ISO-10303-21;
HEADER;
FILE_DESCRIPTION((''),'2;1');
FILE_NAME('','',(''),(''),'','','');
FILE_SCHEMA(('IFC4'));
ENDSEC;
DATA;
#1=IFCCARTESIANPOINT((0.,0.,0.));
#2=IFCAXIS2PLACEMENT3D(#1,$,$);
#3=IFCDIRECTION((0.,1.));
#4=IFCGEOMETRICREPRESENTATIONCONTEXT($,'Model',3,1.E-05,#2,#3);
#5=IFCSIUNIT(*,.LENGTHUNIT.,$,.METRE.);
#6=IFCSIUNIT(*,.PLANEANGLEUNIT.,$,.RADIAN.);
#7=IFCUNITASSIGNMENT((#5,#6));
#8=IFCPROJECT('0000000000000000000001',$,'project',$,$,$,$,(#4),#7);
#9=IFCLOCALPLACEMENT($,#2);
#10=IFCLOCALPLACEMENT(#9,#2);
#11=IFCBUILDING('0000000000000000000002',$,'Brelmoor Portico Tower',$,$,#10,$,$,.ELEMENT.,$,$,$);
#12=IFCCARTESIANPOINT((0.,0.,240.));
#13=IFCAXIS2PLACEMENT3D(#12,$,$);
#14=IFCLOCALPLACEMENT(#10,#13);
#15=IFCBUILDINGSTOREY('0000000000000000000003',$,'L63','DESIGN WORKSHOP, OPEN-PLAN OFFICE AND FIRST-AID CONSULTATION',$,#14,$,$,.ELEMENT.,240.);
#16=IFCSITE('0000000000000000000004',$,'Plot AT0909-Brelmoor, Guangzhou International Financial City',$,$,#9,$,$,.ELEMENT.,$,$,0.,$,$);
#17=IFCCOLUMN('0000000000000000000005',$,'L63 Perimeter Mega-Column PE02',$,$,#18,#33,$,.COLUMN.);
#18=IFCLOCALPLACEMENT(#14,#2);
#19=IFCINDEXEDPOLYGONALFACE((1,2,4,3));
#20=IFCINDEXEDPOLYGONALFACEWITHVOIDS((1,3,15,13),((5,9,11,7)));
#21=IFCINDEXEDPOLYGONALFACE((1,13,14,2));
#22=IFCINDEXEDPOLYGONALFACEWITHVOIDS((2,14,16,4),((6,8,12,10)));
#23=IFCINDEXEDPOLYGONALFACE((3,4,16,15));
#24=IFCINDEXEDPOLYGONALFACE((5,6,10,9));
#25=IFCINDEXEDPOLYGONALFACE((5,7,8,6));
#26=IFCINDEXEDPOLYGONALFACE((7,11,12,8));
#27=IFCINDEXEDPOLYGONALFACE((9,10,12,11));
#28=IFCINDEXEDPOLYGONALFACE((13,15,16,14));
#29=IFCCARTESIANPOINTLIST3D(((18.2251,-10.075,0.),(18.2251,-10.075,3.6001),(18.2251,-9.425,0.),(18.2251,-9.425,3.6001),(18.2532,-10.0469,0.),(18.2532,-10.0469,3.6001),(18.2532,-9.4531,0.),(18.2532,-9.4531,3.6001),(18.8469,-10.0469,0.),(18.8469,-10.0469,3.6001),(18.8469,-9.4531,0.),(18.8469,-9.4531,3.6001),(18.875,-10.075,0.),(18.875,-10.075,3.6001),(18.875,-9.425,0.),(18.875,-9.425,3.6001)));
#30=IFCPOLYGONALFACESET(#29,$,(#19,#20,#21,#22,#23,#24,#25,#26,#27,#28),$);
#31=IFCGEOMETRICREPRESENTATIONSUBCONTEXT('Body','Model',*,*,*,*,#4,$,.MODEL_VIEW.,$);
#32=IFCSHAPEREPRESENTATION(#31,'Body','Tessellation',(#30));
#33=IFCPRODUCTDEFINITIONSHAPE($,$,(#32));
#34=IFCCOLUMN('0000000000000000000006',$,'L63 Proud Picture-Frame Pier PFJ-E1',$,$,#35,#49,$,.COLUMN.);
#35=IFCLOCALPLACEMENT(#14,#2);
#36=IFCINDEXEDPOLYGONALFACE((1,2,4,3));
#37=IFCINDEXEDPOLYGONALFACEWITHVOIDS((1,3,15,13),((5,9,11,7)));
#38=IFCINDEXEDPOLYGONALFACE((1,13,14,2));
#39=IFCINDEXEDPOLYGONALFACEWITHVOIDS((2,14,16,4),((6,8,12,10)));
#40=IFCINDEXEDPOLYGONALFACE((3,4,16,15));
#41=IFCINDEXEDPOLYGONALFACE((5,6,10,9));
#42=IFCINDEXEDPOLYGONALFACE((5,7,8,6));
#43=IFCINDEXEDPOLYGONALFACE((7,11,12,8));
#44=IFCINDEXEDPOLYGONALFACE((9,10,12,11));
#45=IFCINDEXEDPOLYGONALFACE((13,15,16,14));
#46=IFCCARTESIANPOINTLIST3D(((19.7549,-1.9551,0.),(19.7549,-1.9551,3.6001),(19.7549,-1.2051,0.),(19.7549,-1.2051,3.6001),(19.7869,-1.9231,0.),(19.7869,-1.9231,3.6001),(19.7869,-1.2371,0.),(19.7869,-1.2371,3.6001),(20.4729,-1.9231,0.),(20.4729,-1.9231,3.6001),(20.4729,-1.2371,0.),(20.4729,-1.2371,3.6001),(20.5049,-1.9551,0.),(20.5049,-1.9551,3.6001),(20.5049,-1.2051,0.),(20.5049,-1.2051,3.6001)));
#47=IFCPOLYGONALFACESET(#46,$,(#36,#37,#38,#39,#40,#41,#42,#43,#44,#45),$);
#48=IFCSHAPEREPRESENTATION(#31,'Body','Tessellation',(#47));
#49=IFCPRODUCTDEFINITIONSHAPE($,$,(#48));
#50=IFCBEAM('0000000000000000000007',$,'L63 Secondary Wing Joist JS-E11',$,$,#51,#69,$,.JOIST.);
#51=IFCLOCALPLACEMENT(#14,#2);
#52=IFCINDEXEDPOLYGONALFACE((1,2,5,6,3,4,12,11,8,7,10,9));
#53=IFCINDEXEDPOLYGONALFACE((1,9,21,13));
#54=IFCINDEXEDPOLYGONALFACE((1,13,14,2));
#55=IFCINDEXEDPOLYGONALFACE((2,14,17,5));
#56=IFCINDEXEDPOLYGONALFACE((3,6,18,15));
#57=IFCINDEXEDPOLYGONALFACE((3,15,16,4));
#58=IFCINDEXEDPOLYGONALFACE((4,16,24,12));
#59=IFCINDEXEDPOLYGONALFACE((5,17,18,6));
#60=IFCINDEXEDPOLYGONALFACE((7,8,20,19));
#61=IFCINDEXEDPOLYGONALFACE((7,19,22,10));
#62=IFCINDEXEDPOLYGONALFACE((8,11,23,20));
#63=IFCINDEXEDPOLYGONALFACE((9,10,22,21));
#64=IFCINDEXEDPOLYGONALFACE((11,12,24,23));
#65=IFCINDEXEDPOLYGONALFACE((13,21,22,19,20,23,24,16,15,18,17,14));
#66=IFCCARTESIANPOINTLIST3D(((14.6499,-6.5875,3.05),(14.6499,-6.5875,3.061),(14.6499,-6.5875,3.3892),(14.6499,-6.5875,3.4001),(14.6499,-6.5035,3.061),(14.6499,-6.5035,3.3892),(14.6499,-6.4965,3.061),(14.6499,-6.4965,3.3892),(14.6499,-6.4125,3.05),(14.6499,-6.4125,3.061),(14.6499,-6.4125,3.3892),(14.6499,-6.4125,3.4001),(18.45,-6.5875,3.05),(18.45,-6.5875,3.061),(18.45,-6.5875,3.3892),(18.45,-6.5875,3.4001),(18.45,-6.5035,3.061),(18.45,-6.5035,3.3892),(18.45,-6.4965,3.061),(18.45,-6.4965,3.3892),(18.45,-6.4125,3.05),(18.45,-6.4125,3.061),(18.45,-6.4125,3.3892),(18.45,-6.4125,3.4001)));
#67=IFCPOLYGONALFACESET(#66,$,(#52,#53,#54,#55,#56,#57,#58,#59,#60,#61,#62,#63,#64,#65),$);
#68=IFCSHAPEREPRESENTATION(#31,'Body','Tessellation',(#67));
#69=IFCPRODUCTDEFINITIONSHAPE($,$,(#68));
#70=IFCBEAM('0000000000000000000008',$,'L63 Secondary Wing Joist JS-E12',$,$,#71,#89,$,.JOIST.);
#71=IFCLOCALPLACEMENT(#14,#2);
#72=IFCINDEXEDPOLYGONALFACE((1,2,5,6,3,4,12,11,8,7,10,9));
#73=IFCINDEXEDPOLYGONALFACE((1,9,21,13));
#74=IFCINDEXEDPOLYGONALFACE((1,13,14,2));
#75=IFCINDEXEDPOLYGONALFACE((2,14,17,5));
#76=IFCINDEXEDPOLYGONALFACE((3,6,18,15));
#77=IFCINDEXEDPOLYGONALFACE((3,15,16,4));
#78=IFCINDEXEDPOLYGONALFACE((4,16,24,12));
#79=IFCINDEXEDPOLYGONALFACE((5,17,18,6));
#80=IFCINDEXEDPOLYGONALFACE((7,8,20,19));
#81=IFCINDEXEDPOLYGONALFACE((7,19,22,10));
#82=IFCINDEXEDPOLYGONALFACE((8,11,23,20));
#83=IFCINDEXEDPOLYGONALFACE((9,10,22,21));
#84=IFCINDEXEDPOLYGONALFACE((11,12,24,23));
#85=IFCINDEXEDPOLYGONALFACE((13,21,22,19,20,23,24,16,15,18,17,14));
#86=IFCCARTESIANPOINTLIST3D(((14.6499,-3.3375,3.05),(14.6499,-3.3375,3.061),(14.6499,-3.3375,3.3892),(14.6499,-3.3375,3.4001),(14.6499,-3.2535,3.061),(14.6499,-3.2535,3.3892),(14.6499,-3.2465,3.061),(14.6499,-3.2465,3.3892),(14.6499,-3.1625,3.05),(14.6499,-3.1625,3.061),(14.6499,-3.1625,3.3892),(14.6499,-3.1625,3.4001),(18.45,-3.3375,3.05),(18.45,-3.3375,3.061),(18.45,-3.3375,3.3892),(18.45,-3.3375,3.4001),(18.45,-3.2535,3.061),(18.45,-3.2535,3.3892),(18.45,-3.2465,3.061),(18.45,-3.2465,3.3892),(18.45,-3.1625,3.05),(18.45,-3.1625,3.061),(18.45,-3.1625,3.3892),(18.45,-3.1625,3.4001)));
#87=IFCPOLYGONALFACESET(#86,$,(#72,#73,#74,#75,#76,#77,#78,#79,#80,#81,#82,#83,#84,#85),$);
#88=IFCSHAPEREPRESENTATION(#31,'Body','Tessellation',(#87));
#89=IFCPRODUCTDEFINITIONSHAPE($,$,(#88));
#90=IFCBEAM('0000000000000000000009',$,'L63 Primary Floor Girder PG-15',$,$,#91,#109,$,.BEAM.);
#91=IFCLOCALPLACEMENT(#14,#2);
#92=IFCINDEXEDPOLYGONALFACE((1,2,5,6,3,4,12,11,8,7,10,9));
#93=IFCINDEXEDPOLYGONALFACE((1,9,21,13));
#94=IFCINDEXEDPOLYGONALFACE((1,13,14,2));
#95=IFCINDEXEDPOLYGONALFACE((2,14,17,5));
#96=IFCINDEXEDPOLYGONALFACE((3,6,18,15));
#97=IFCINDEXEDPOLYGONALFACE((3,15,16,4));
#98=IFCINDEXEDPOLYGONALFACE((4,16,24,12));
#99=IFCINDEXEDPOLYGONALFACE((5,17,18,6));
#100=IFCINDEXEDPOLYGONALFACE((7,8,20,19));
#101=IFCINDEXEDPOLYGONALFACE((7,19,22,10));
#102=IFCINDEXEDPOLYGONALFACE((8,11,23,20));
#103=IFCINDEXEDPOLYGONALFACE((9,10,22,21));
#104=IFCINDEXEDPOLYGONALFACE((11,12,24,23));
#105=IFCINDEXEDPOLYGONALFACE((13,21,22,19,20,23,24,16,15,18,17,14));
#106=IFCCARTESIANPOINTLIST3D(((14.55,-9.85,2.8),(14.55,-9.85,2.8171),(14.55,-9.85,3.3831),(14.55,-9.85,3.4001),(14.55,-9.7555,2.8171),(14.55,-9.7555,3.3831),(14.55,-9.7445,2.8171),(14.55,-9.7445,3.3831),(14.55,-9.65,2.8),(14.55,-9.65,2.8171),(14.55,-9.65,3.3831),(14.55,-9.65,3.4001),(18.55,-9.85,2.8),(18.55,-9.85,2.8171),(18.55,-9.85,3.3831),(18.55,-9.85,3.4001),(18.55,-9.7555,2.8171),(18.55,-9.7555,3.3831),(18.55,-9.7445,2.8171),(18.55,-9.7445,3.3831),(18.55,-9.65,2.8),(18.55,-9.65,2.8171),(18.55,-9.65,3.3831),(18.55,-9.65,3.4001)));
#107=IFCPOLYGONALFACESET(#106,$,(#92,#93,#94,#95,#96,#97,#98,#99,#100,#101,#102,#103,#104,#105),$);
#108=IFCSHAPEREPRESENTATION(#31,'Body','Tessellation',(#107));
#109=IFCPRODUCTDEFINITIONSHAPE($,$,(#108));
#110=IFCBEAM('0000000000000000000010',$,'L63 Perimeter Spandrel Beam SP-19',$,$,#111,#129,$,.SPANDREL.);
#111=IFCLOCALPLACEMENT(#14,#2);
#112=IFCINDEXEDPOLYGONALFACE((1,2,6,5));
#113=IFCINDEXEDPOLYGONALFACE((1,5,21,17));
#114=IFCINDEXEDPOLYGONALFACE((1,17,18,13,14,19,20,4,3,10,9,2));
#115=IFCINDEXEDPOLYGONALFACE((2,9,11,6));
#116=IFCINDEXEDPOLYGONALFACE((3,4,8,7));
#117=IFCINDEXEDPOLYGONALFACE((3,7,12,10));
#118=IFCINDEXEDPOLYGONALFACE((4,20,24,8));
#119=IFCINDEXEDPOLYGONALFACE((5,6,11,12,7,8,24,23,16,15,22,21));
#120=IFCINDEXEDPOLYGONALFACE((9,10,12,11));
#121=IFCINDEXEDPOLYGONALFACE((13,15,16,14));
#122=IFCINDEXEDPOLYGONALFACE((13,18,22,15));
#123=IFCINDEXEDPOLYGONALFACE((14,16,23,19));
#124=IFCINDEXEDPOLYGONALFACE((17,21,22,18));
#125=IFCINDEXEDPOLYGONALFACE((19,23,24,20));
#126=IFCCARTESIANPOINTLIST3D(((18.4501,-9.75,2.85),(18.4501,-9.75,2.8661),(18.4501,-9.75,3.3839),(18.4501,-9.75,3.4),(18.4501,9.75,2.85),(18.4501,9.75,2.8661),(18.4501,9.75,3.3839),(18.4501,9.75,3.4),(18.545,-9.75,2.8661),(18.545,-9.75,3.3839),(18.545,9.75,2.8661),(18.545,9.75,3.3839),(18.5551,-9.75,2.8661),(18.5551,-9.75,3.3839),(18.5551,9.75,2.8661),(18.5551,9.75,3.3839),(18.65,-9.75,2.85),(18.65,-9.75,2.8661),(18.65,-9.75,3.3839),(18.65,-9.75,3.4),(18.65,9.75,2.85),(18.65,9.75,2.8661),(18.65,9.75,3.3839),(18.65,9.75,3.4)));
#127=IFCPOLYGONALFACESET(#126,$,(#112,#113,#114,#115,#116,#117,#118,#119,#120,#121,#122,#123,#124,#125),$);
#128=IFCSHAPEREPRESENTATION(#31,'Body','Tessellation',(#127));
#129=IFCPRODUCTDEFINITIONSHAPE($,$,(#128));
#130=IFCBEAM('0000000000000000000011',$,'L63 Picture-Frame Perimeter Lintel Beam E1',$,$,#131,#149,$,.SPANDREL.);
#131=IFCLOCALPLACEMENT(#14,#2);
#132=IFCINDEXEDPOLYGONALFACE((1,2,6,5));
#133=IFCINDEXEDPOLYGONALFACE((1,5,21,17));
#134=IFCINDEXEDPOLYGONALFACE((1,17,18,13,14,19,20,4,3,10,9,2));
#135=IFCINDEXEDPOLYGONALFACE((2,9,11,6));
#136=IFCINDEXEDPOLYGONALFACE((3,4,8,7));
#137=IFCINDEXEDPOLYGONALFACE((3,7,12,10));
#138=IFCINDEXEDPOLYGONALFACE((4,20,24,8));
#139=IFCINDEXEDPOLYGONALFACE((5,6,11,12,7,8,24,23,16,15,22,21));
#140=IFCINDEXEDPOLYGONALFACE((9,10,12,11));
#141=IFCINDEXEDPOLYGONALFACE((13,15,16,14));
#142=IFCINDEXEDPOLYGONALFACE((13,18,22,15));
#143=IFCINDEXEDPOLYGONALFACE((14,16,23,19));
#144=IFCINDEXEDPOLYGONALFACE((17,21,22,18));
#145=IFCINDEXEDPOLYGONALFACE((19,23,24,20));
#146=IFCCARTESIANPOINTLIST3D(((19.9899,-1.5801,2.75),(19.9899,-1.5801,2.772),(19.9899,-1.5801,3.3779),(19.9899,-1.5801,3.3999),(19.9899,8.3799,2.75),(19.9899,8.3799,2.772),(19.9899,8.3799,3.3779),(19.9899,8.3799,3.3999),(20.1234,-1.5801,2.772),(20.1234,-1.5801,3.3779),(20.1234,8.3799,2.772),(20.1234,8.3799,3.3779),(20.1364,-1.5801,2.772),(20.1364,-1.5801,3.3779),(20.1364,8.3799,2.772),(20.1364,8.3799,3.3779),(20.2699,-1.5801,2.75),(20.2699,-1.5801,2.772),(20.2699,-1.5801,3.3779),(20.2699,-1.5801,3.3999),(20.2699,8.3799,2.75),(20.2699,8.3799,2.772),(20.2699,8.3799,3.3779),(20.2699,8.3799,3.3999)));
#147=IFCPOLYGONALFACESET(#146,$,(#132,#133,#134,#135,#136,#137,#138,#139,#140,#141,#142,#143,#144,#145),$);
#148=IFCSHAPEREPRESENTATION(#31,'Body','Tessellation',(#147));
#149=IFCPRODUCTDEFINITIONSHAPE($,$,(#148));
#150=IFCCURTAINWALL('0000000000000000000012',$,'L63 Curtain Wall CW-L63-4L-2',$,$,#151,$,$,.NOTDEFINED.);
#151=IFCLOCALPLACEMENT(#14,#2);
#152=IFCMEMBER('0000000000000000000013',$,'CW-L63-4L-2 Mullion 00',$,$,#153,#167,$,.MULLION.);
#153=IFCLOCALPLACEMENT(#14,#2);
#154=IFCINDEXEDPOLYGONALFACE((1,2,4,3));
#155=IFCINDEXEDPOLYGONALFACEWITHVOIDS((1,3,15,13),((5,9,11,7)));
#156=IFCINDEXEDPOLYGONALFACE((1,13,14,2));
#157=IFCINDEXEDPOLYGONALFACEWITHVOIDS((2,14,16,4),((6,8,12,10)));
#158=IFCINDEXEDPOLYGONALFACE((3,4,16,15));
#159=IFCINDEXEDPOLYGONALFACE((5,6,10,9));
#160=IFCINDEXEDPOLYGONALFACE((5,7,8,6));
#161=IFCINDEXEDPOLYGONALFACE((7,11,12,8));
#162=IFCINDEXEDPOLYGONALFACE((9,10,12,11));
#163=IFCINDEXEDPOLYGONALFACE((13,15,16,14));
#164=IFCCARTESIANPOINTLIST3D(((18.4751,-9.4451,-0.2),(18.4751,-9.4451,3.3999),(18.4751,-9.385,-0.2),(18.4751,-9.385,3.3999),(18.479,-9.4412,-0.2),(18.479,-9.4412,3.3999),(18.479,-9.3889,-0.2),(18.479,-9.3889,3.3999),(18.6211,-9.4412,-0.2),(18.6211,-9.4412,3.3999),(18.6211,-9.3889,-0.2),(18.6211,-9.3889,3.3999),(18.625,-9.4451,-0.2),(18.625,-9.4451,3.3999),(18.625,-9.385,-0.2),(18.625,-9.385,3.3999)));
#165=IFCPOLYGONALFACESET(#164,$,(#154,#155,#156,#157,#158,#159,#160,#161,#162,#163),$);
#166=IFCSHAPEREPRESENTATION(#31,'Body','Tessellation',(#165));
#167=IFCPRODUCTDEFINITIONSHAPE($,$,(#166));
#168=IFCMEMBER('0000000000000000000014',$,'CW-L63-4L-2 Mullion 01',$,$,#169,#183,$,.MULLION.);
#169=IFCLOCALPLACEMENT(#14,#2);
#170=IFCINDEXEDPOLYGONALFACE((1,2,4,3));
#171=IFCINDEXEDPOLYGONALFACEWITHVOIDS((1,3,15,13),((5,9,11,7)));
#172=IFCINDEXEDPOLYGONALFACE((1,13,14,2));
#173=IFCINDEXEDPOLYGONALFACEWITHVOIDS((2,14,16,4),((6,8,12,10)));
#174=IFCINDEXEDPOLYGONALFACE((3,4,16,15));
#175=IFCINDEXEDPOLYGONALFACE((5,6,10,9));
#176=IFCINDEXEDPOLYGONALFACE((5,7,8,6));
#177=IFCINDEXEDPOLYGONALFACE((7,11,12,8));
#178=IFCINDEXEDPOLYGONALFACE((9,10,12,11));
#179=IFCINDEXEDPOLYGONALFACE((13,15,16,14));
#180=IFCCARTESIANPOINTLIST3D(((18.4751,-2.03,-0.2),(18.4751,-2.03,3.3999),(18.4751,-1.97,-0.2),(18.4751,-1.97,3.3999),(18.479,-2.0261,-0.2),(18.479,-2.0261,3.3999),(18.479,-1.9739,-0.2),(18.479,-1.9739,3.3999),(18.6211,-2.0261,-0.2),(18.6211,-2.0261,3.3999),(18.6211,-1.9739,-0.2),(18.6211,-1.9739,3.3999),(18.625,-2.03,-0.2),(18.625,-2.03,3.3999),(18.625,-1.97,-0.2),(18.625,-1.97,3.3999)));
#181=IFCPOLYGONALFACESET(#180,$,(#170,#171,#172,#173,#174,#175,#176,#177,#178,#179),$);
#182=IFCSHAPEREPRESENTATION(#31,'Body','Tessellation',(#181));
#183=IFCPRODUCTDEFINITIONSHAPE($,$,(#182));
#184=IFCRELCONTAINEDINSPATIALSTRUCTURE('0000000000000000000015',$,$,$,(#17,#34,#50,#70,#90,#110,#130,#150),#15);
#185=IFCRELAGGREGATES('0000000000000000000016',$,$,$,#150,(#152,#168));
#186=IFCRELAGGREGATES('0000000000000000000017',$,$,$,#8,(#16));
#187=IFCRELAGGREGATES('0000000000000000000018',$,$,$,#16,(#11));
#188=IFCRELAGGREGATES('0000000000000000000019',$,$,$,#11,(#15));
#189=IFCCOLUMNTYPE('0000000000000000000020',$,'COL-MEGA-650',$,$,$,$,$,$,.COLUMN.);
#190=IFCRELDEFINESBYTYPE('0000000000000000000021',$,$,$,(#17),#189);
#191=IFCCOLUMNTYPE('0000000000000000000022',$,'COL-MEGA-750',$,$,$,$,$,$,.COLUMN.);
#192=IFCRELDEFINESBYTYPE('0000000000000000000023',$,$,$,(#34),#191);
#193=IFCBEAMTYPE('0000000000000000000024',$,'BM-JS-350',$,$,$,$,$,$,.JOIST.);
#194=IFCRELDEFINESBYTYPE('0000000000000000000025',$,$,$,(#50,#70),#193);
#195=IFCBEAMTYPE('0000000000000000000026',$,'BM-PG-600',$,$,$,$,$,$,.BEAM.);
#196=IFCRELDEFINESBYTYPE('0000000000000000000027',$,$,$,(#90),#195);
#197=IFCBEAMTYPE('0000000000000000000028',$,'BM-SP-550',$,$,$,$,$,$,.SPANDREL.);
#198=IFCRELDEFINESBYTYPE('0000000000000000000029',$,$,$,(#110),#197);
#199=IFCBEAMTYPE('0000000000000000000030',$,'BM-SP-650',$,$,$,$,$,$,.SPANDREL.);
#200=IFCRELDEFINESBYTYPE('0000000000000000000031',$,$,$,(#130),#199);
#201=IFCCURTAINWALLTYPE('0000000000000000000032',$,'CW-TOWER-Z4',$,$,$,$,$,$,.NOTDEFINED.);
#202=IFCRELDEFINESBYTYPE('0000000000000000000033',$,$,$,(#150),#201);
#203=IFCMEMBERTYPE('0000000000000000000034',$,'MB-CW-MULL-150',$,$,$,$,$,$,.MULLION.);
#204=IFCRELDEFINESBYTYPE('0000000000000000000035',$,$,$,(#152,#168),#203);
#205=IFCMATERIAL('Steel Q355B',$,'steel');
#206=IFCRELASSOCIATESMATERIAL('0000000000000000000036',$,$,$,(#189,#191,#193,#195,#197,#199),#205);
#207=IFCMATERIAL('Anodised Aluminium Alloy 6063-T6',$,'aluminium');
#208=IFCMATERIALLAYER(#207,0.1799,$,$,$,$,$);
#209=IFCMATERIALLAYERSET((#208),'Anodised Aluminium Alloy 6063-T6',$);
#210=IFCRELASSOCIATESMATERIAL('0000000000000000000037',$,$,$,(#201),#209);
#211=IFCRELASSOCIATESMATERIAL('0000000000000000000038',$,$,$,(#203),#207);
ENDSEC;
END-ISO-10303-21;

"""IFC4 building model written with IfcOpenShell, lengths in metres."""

from ifc_helpers import new_model, si_unit, direction, frame, origin, origin_2d, place, context, subcontext, project, spatial, hollow_rectangle, i_section, extrude, material, layer, layer_set, material_profile, profile_set, type_object, element, aggregate, save


model = new_model("IFC4")

# Units and contexts
model_context = context("Model", 3, precision=1e-05, world=origin(), true_north=direction((0.0, 1.0)))
body_context = subcontext(model_context, "Body", "Model", "MODEL_VIEW")
ifc_project = project(units=[si_unit("LENGTHUNIT", "METRE"), si_unit("PLANEANGLEUNIT", "RADIAN")], contexts=[model_context])

# Site, building, storey
site_placement = place(None, origin())
site = spatial("IfcSite", under=ifc_project, at=site_placement, Name="Plot AT0909-Brelmoor, Guangzhou International Financial City", CompositionType="ELEMENT", RefElevation=0.0)
building_placement = place(site_placement, origin())
building = spatial("IfcBuilding", under=site, at=building_placement, Name="Brelmoor Portico Tower", CompositionType="ELEMENT")
storey_placement = place(building_placement, frame((0.0, 0.0, 240.0)))
storey = spatial("IfcBuildingStorey", under=building, at=storey_placement, Name="L63", Description="DESIGN WORKSHOP, OPEN-PLAN OFFICE AND FIRST-AID CONSULTATION", CompositionType="ELEMENT", Elevation=240.0)

# Columns
ifc_material_1 = material(Name="Steel Q355B", Category="steel")
ifc_material_profile_1 = material_profile(ifc_material_1, hollow_rectangle(XDim=0.6499, YDim=0.6499, WallThickness=0.0281, at=origin_2d()), Name="BOX 650x650x28")
ifc_profile_set_1 = profile_set([ifc_material_profile_1], Name="Steel Q355B")
column_type_1 = type_object("IfcColumnType", Name="COL-MEGA-650", PredefinedType="COLUMN", material=ifc_profile_set_1)
column_1_placement = place(storey_placement, frame((18.55, -9.75, 0.0), z_axis=(0.0, 0.0, 1.0), x_axis=(0.0, 1.0, 0.0)))
element("IfcColumn", 1, at=column_1_placement, inside=storey, type_object=column_type_1, Name="L63 Perimeter Mega-Column PE02", PredefinedType="COLUMN", context=body_context, shape_type="SweptSolid", body=[
    extrude(hollow_rectangle(XDim=0.6499, YDim=0.6499, WallThickness=0.0281, at=origin_2d()), origin(), (0.0, 0.0, 1.0), 3.6001),
])
ifc_material_profile_2 = material_profile(ifc_material_1, hollow_rectangle(XDim=0.75, YDim=0.75, WallThickness=0.032, at=origin_2d()), Name="BOX 750x750x32")
ifc_profile_set_2 = profile_set([ifc_material_profile_2], Name="Steel Q355B")
column_type_2 = type_object("IfcColumnType", Name="COL-MEGA-750", PredefinedType="COLUMN", material=ifc_profile_set_2)
column_2_placement = place(storey_placement, frame((20.1299, -1.5801, 0.0), z_axis=(0.0, 0.0, 1.0), x_axis=(0.0, 1.0, 0.0)))
element("IfcColumn", 2, at=column_2_placement, inside=storey, type_object=column_type_2, Name="L63 Proud Picture-Frame Pier PFJ-E1", PredefinedType="COLUMN", context=body_context, shape_type="SweptSolid", body=[
    extrude(hollow_rectangle(XDim=0.75, YDim=0.75, WallThickness=0.032, at=origin_2d()), origin(), (0.0, 0.0, 1.0), 3.6001),
])

# Beams
ifc_material_profile_3 = material_profile(ifc_material_1, i_section(OverallWidth=0.175, OverallDepth=0.3501, WebThickness=0.0071, FlangeThickness=0.011, at=origin_2d()), Name="HN 350x175x7x11")
ifc_profile_set_3 = profile_set([ifc_material_profile_3], Name="Steel Q355B")
beam_type_1 = type_object("IfcBeamType", Name="BM-JS-350", PredefinedType="JOIST", material=ifc_profile_set_3)
for number, where, z_axis, x_axis, name in (
    (3, (14.6499, -6.5, 3.2251), (1.0, 0.0, 0.0), (0.0, 1.0, 0.0), "L63 Secondary Wing Joist JS-E11"),
    (4, (14.6499, -3.25, 3.2251), (1.0, 0.0, 0.0), (0.0, 1.0, 0.0), "L63 Secondary Wing Joist JS-E12"),
):
    element("IfcBeam", number, at=place(storey_placement, frame(where, z_axis=z_axis, x_axis=x_axis)), inside=storey, type_object=beam_type_1, Name=name, PredefinedType="JOIST", context=body_context, shape_type="SweptSolid", body=[
        extrude(i_section(OverallWidth=0.175, OverallDepth=0.3501, WebThickness=0.0071, FlangeThickness=0.011, at=origin_2d()), origin(), (0.0, 0.0, 1.0), 3.8),
    ])
ifc_material_profile_4 = material_profile(ifc_material_1, i_section(OverallWidth=0.2, OverallDepth=0.6001, WebThickness=0.011, FlangeThickness=0.0171, at=origin_2d()), Name="HN 600x200x11x17")
ifc_profile_set_4 = profile_set([ifc_material_profile_4], Name="Steel Q355B")
beam_type_2 = type_object("IfcBeamType", Name="BM-PG-600", PredefinedType="BEAM", material=ifc_profile_set_4)
beam_1_placement = place(storey_placement, frame((14.55, -9.75, 3.1001), z_axis=(1.0, 0.0, 0.0), x_axis=(0.0, 1.0, 0.0)))
element("IfcBeam", 5, at=beam_1_placement, inside=storey, type_object=beam_type_2, Name="L63 Primary Floor Girder PG-15", PredefinedType="BEAM", context=body_context, shape_type="SweptSolid", body=[
    extrude(i_section(OverallWidth=0.2, OverallDepth=0.6001, WebThickness=0.011, FlangeThickness=0.0171, at=origin_2d()), origin(), (0.0, 0.0, 1.0), 4.0),
])
ifc_material_profile_5 = material_profile(ifc_material_1, i_section(OverallWidth=0.2, OverallDepth=0.55, WebThickness=0.01, FlangeThickness=0.0161, at=origin_2d()), Name="HN 550x200x10x16")
ifc_profile_set_5 = profile_set([ifc_material_profile_5], Name="Steel Q355B")
beam_type_3 = type_object("IfcBeamType", Name="BM-SP-550", PredefinedType="SPANDREL", material=ifc_profile_set_5)
beam_2_placement = place(storey_placement, frame((18.55, -9.75, 3.125), z_axis=(0.0, 1.0, 0.0), x_axis=(-1.0, 0.0, 0.0)))
element("IfcBeam", 6, at=beam_2_placement, inside=storey, type_object=beam_type_3, Name="L63 Perimeter Spandrel Beam SP-19", PredefinedType="SPANDREL", context=body_context, shape_type="SweptSolid", body=[
    extrude(i_section(OverallWidth=0.2, OverallDepth=0.55, WebThickness=0.01, FlangeThickness=0.0161, at=origin_2d()), origin(), (0.0, 0.0, 1.0), 19.5),
])
ifc_material_profile_6 = material_profile(ifc_material_1, i_section(OverallWidth=0.28, OverallDepth=0.6499, WebThickness=0.0129, FlangeThickness=0.022, at=origin_2d()), Name="HN 650x280x13x22")
ifc_profile_set_6 = profile_set([ifc_material_profile_6], Name="Steel Q355B")
beam_type_4 = type_object("IfcBeamType", Name="BM-SP-650", PredefinedType="SPANDREL", material=ifc_profile_set_6)
beam_3_placement = place(storey_placement, frame((20.1299, -1.5801, 3.075), z_axis=(0.0, 1.0, 0.0), x_axis=(-1.0, 0.0, 0.0)))
element("IfcBeam", 7, at=beam_3_placement, inside=storey, type_object=beam_type_4, Name="L63 Picture-Frame Perimeter Lintel Beam E1", PredefinedType="SPANDREL", context=body_context, shape_type="SweptSolid", body=[
    extrude(i_section(OverallWidth=0.28, OverallDepth=0.6499, WebThickness=0.0129, FlangeThickness=0.022, at=origin_2d()), origin(), (0.0, 0.0, 1.0), 9.96),
])

# Curtain wall, members
ifc_material_2 = material(Name="Anodised Aluminium Alloy 6063-T6", Category="aluminium")
ifc_layer_1 = layer(ifc_material_2, 0.1799)
ifc_layer_set_1 = layer_set([ifc_layer_1], Name="Anodised Aluminium Alloy 6063-T6")
curtain_wall_type = type_object("IfcCurtainWallType", Name="CW-TOWER-Z4", PredefinedType="NOTDEFINED", material=ifc_layer_set_1)
curtain_wall_placement = place(storey_placement, origin())
curtain_wall = element("IfcCurtainWall", 8, at=curtain_wall_placement, inside=storey, type_object=curtain_wall_type, Name="L63 Curtain Wall CW-L63-4L-2", PredefinedType="NOTDEFINED")
ifc_material_profile_7 = material_profile(ifc_material_2, hollow_rectangle(XDim=0.0601, YDim=0.1499, WallThickness=0.0039, at=origin_2d()), Name="ALU MULLION 60x150")
ifc_profile_set_7 = profile_set([ifc_material_profile_7], Name="Anodised Aluminium Alloy 6063-T6")
member_type_1 = type_object("IfcMemberType", Name="MB-CW-MULL-150", PredefinedType="MULLION", material=ifc_profile_set_7)
member_1_placement = place(storey_placement, frame((18.55, -9.415, -0.2), z_axis=(0.0, 0.0, 1.0), x_axis=(0.0, 1.0, 0.0)))
member_1 = element("IfcMember", 9, at=member_1_placement, type_object=member_type_1, Name="CW-L63-4L-2 Mullion 00", PredefinedType="MULLION", context=body_context, shape_type="SweptSolid", body=[
    extrude(hollow_rectangle(XDim=0.0601, YDim=0.1499, WallThickness=0.0039, at=origin_2d()), origin(), (0.0, 0.0, 1.0), 3.5999),
])
member_2_placement = place(storey_placement, frame((18.55, -2.0, -0.2), z_axis=(0.0, 0.0, 1.0), x_axis=(0.0, 1.0, 0.0)))
member_2 = element("IfcMember", 10, at=member_2_placement, type_object=member_type_1, Name="CW-L63-4L-2 Mullion 01", PredefinedType="MULLION", context=body_context, shape_type="SweptSolid", body=[
    extrude(hollow_rectangle(XDim=0.0601, YDim=0.1499, WallThickness=0.0039, at=origin_2d()), origin(), (0.0, 0.0, 1.0), 3.5999),
])

aggregate(curtain_wall, [member_1, member_2])

save(model, "model.ifc")
